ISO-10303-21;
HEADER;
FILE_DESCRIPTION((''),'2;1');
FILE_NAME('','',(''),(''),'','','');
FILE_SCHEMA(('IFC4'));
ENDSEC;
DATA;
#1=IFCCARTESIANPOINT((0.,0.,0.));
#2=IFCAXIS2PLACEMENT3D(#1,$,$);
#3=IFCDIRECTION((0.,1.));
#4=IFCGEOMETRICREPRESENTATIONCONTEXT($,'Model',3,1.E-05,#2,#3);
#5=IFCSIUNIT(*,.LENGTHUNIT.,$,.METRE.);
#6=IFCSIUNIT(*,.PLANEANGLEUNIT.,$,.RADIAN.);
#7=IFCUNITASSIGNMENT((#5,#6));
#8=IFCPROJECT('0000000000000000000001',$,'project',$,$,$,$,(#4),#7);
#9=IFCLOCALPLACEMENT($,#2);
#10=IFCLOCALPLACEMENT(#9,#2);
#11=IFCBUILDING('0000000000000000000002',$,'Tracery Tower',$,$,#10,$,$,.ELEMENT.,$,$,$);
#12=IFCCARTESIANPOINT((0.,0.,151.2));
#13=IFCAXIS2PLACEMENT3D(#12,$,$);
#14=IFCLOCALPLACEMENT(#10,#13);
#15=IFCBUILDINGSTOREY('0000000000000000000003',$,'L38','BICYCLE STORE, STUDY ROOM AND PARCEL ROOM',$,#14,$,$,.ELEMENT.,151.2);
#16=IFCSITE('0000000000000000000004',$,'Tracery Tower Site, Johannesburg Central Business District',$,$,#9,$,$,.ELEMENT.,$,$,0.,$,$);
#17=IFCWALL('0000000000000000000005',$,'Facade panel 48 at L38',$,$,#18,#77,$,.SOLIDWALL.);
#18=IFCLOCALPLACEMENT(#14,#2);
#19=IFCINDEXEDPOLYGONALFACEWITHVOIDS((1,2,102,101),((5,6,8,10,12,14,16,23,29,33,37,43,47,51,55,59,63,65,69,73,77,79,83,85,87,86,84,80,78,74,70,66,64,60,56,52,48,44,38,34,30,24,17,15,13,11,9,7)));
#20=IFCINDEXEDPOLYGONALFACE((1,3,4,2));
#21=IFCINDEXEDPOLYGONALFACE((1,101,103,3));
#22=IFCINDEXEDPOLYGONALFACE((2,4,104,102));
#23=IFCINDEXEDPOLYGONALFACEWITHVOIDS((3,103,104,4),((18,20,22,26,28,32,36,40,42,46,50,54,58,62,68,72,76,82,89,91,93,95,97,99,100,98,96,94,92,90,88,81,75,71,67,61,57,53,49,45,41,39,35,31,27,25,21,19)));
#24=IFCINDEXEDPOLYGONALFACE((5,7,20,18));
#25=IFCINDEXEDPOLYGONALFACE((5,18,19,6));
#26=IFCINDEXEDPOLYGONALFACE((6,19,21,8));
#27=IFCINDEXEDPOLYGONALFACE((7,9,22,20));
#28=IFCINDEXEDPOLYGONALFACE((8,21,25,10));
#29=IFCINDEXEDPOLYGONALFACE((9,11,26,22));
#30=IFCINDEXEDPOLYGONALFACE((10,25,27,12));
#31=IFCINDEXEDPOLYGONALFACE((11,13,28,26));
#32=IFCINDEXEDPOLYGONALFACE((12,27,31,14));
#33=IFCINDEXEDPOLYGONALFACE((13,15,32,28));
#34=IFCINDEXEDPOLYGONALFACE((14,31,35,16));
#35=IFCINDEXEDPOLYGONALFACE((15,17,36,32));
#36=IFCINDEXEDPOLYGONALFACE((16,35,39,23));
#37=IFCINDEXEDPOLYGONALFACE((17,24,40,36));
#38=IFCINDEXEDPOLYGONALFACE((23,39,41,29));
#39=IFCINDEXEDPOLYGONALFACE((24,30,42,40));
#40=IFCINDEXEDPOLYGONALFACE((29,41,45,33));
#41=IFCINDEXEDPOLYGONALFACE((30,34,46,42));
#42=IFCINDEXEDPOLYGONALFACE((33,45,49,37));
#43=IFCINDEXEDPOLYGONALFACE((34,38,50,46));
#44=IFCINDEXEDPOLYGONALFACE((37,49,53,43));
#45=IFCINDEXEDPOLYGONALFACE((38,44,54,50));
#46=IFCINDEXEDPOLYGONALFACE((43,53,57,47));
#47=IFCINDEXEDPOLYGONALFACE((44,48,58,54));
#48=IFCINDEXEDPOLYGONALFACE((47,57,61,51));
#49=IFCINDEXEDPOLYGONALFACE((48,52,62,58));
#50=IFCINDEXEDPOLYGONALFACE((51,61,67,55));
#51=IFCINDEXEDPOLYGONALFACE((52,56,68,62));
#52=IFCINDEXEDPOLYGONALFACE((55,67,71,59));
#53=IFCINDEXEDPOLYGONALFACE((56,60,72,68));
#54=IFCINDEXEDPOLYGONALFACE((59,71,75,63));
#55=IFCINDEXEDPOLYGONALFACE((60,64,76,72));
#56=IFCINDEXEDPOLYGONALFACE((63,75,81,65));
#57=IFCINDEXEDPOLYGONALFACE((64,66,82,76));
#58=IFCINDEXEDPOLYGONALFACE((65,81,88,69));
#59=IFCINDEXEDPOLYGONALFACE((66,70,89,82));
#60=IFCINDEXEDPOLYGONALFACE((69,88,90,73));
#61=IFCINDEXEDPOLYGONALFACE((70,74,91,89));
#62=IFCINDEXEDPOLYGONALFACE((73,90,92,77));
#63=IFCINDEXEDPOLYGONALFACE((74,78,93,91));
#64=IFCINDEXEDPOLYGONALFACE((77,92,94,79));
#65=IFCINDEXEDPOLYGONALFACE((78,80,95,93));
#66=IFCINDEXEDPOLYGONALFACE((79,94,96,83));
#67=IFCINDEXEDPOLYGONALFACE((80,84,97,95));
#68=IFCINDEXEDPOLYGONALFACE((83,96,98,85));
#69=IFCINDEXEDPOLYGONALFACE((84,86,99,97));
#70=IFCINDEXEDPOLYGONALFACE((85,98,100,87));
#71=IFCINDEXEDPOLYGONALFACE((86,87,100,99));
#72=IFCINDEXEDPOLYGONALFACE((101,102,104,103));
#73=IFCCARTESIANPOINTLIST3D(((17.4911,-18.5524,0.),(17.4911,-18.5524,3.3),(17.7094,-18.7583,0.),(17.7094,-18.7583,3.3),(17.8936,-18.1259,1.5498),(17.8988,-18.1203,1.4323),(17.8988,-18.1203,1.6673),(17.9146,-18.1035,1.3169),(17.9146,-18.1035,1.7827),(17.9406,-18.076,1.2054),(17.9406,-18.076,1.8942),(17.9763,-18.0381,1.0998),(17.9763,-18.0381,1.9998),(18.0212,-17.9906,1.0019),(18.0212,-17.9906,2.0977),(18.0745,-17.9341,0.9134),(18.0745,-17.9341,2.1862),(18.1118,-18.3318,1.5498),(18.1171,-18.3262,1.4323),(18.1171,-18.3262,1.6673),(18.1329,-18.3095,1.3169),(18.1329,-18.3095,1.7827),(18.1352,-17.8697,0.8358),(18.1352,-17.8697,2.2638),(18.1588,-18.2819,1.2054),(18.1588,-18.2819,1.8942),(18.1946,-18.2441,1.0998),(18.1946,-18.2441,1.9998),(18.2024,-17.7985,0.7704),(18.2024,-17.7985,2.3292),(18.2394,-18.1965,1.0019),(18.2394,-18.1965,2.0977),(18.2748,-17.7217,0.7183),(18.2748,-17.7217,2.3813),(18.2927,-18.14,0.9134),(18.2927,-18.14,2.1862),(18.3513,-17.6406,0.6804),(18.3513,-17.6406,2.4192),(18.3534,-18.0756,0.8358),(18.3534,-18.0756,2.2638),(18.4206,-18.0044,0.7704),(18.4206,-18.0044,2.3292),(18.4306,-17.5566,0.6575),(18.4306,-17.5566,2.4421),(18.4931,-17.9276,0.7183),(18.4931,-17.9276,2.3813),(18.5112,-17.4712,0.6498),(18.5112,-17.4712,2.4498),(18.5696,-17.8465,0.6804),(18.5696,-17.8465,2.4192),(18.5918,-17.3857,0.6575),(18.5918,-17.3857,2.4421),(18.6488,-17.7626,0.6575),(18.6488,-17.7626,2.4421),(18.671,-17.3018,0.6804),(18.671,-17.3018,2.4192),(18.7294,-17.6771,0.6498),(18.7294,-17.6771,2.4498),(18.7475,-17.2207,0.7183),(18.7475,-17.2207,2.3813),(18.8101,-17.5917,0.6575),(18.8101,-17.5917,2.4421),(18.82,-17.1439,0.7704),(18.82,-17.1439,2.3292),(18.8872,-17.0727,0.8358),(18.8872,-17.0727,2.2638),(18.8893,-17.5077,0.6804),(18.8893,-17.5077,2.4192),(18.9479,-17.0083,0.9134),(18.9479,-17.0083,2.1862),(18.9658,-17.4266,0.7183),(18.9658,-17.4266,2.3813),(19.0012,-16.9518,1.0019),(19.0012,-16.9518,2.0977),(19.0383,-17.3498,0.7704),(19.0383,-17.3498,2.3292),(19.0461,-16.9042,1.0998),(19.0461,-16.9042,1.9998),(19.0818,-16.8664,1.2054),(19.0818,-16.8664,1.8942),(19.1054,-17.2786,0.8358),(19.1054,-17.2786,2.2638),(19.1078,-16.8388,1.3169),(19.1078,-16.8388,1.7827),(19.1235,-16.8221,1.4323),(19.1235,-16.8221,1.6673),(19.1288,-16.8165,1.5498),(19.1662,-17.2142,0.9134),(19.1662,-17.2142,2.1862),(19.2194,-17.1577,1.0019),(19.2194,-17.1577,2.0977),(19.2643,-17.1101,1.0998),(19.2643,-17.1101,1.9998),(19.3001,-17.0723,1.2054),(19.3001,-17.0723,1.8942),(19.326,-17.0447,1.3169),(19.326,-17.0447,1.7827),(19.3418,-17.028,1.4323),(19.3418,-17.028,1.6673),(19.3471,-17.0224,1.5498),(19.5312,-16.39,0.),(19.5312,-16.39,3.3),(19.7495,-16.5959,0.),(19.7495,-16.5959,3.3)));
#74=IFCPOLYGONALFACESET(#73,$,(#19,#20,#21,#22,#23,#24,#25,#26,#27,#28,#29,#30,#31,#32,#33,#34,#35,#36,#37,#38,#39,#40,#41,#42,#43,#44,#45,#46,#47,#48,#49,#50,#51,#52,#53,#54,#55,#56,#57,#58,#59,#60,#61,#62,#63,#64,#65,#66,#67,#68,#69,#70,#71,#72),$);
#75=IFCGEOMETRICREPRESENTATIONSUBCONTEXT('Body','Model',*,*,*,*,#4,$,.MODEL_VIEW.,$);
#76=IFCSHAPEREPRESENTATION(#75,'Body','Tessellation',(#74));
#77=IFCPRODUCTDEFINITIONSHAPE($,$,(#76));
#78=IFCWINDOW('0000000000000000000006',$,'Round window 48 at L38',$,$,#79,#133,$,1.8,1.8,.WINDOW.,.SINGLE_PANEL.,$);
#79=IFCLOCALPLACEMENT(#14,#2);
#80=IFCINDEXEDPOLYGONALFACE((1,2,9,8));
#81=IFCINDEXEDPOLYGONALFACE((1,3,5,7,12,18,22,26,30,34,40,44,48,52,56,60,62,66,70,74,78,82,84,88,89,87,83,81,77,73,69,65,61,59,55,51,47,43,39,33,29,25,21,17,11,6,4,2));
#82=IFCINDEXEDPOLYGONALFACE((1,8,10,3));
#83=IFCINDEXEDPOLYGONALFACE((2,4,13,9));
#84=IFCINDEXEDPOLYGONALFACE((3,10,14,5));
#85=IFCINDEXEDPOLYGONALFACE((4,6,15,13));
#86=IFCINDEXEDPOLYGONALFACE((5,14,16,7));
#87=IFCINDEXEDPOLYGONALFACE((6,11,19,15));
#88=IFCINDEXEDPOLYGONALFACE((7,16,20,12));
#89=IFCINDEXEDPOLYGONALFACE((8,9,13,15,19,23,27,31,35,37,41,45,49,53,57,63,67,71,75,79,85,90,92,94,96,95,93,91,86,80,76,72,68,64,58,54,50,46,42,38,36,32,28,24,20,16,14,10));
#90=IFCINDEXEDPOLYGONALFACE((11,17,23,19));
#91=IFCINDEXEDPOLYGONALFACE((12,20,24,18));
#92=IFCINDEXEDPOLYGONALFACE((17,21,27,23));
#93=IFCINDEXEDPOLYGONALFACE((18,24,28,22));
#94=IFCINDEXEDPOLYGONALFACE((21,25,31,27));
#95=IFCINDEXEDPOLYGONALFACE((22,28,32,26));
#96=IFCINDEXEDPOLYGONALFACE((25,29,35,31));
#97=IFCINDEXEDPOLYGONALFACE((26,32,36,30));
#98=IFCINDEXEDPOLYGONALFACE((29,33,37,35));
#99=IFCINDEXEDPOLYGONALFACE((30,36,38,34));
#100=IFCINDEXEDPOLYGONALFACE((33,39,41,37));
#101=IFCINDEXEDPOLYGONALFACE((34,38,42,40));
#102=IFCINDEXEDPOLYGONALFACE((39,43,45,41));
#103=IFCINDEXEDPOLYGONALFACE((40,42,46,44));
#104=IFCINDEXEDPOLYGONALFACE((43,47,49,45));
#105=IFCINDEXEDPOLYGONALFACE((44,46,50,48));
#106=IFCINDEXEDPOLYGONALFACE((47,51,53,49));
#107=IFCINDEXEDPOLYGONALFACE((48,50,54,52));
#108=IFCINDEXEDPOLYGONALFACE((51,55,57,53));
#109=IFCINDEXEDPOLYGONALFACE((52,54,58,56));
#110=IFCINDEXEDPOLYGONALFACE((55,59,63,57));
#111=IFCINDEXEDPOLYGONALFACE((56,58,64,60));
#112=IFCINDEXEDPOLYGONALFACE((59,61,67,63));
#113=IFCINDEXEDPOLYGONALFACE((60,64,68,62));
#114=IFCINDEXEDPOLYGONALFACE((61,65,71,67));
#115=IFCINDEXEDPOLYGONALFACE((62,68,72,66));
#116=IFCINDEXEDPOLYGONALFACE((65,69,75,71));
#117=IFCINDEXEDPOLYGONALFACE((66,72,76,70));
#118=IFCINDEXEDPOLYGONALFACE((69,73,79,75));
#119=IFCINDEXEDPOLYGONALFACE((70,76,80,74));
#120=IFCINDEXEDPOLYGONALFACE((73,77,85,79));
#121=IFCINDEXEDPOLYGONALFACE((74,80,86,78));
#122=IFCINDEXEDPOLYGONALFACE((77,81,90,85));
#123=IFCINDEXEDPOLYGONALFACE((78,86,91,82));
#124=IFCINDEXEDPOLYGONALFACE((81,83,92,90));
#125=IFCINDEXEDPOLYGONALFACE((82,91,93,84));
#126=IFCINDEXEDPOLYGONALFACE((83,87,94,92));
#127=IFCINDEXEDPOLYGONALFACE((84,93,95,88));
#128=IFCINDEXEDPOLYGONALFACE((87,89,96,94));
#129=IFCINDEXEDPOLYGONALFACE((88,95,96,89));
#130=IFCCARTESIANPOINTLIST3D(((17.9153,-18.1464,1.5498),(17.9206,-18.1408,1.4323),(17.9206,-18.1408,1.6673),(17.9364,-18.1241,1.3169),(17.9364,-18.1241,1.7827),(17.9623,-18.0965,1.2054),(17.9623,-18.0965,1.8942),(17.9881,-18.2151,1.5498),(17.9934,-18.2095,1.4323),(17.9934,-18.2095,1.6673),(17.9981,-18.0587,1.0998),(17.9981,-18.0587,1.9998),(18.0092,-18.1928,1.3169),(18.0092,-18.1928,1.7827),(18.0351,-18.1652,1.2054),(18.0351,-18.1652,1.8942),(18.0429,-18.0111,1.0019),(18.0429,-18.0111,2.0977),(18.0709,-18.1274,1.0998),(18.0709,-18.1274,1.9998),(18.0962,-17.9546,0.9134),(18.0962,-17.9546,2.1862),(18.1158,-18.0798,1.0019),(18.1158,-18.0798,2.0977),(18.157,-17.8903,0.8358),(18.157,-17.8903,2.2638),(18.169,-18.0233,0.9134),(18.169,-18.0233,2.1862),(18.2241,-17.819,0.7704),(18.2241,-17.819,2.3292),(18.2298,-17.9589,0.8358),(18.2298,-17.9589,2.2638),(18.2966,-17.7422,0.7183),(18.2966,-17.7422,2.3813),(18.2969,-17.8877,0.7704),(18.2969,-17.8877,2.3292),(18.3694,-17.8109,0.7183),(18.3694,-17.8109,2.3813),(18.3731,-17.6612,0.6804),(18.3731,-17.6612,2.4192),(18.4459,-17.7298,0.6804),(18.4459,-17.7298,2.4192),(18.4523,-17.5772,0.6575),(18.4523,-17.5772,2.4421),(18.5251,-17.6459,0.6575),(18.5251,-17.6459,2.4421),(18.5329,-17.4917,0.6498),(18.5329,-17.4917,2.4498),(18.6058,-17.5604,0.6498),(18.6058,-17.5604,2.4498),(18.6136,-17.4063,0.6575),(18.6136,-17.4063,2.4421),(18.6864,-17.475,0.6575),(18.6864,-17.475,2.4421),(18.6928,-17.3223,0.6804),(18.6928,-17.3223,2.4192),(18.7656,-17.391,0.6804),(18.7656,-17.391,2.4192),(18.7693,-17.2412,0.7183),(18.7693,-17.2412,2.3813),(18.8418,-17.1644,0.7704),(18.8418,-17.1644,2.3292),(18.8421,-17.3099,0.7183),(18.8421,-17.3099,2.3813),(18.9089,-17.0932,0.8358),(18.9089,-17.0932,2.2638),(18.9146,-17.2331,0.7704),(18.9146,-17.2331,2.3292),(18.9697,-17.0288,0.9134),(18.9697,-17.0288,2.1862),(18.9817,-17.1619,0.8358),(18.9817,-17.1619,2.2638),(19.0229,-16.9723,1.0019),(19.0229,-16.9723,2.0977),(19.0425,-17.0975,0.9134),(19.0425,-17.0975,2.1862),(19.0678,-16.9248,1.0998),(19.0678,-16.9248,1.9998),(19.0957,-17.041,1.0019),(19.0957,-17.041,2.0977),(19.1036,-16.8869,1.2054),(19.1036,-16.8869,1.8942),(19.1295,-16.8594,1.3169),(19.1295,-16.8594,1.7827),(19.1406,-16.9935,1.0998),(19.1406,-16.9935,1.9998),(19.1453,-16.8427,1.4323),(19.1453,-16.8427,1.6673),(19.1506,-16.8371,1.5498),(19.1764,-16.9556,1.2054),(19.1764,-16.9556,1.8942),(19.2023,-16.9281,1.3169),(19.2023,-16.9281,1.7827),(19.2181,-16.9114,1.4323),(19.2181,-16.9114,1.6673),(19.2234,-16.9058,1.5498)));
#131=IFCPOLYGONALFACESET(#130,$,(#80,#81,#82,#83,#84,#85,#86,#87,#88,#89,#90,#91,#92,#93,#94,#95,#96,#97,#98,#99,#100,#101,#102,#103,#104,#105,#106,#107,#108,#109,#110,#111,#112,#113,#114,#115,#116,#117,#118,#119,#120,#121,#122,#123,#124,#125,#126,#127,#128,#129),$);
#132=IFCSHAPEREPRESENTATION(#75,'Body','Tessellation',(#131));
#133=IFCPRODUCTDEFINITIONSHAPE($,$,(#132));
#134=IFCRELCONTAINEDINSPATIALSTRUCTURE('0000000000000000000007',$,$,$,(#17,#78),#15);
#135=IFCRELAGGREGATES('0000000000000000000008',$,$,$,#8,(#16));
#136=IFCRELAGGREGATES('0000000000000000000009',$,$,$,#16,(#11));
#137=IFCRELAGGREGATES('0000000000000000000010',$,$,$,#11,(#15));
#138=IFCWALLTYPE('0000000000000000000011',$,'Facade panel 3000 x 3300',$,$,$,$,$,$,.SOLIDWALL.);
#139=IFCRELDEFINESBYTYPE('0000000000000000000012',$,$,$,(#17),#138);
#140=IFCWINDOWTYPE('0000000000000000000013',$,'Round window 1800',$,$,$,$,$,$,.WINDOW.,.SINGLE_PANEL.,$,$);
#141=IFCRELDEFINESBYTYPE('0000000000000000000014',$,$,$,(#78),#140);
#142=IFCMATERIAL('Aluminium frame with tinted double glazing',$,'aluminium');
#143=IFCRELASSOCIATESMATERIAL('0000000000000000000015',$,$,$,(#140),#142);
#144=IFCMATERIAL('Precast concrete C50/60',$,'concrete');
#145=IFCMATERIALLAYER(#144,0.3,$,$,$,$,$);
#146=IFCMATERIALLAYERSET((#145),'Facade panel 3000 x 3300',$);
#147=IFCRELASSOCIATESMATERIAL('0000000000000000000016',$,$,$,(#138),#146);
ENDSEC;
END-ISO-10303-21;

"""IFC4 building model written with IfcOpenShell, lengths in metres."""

from ifc_helpers import new_model, si_unit, direction, frame, frame_2d, origin, origin_2d, place, context, subcontext, project, spatial, rectangle, circle, extrude, material, layer, layer_set, type_object, element, fill, save


model = new_model("IFC4")

# Units and contexts
model_context = context("Model", 3, precision=1e-05, world=origin(), true_north=direction((0.0, 1.0)))
body_context = subcontext(model_context, "Body", "Model", "MODEL_VIEW")
ifc_project = project(units=[si_unit("LENGTHUNIT", "METRE"), si_unit("PLANEANGLEUNIT", "RADIAN")], contexts=[model_context])

# Site, building, storey
site_placement = place(None, origin())
site = spatial("IfcSite", under=ifc_project, at=site_placement, Name="Tracery Tower Site, Johannesburg Central Business District", CompositionType="ELEMENT", RefElevation=0.0)
building_placement = place(site_placement, origin())
building = spatial("IfcBuilding", under=site, at=building_placement, Name="Tracery Tower", CompositionType="ELEMENT")
storey_placement = place(building_placement, frame((0.0, 0.0, 151.2)))
storey = spatial("IfcBuildingStorey", under=building, at=storey_placement, Name="L38", Description="BICYCLE STORE, STUDY ROOM AND PARCEL ROOM", CompositionType="ELEMENT", Elevation=151.2)

# Wall, opening, window
ifc_material_1 = material(Name="Aluminium frame with tinted double glazing", Category="aluminium")
window_type = type_object("IfcWindowType", Name="Round window 1800", PartitioningType="SINGLE_PANEL", PredefinedType="WINDOW", material=ifc_material_1)
ifc_material_2 = material(Name="Precast concrete C50/60", Category="concrete")
ifc_layer_1 = layer(ifc_material_2, 0.3)
ifc_layer_set_1 = layer_set([ifc_layer_1], Name="Facade panel 3000 x 3300")
wall_type_1 = type_object("IfcWallType", Name="Facade panel 3000 x 3300", PredefinedType="SOLIDWALL", material=ifc_layer_set_1)
wall_1_placement = place(storey_placement, frame((17.6003, -18.6553, 0.0), z_axis=(0.0, 0.0, 1.0), x_axis=(0.686235, 0.72738, 0.0)))
wall_1 = element("IfcWall", 1, at=wall_1_placement, inside=storey, type_object=wall_type_1, Name="Facade panel 48 at L38", PredefinedType="SOLIDWALL", context=body_context, shape_type="SweptSolid", body=[
    extrude(rectangle(XDim=2.9729, YDim=0.3, at=frame_2d((1.4863, 0.0))), origin(), (0.0, 0.0, 1.0), 3.3),
])
opening_1_placement = place(wall_1_placement, frame((1.4863, 0.0, 1.5498)))
opening_1 = element("IfcOpeningElement", 2, at=opening_1_placement, cuts=wall_1, PredefinedType="OPENING", context=body_context, shape_type="SweptSolid", body=[
    extrude(circle(Radius=0.9, at=origin_2d()), frame((0.0, 0.1599, 0.0), z_axis=(0.0, -1.0, 0.0), x_axis=(1.0, 0.0, 0.0)), (0.0, 0.0, 1.0), 0.3201),
])
window_1_placement = place(opening_1_placement, origin())
window_1 = element("IfcWindow", 3, at=window_1_placement, inside=storey, type_object=window_type, Name="Round window 48 at L38", OverallHeight=1.8, OverallWidth=1.8, PartitioningType="SINGLE_PANEL", PredefinedType="WINDOW", context=body_context, shape_type="SweptSolid", body=[
    extrude(circle(Radius=0.9, at=origin_2d()), frame((0.0, 0.1201, 0.0), z_axis=(0.0, -1.0, 0.0), x_axis=(1.0, 0.0, 0.0)), (0.0, 0.0, 1.0), 0.1001),
])
fill(opening_1, window_1)

save(model, "model.ifc")
